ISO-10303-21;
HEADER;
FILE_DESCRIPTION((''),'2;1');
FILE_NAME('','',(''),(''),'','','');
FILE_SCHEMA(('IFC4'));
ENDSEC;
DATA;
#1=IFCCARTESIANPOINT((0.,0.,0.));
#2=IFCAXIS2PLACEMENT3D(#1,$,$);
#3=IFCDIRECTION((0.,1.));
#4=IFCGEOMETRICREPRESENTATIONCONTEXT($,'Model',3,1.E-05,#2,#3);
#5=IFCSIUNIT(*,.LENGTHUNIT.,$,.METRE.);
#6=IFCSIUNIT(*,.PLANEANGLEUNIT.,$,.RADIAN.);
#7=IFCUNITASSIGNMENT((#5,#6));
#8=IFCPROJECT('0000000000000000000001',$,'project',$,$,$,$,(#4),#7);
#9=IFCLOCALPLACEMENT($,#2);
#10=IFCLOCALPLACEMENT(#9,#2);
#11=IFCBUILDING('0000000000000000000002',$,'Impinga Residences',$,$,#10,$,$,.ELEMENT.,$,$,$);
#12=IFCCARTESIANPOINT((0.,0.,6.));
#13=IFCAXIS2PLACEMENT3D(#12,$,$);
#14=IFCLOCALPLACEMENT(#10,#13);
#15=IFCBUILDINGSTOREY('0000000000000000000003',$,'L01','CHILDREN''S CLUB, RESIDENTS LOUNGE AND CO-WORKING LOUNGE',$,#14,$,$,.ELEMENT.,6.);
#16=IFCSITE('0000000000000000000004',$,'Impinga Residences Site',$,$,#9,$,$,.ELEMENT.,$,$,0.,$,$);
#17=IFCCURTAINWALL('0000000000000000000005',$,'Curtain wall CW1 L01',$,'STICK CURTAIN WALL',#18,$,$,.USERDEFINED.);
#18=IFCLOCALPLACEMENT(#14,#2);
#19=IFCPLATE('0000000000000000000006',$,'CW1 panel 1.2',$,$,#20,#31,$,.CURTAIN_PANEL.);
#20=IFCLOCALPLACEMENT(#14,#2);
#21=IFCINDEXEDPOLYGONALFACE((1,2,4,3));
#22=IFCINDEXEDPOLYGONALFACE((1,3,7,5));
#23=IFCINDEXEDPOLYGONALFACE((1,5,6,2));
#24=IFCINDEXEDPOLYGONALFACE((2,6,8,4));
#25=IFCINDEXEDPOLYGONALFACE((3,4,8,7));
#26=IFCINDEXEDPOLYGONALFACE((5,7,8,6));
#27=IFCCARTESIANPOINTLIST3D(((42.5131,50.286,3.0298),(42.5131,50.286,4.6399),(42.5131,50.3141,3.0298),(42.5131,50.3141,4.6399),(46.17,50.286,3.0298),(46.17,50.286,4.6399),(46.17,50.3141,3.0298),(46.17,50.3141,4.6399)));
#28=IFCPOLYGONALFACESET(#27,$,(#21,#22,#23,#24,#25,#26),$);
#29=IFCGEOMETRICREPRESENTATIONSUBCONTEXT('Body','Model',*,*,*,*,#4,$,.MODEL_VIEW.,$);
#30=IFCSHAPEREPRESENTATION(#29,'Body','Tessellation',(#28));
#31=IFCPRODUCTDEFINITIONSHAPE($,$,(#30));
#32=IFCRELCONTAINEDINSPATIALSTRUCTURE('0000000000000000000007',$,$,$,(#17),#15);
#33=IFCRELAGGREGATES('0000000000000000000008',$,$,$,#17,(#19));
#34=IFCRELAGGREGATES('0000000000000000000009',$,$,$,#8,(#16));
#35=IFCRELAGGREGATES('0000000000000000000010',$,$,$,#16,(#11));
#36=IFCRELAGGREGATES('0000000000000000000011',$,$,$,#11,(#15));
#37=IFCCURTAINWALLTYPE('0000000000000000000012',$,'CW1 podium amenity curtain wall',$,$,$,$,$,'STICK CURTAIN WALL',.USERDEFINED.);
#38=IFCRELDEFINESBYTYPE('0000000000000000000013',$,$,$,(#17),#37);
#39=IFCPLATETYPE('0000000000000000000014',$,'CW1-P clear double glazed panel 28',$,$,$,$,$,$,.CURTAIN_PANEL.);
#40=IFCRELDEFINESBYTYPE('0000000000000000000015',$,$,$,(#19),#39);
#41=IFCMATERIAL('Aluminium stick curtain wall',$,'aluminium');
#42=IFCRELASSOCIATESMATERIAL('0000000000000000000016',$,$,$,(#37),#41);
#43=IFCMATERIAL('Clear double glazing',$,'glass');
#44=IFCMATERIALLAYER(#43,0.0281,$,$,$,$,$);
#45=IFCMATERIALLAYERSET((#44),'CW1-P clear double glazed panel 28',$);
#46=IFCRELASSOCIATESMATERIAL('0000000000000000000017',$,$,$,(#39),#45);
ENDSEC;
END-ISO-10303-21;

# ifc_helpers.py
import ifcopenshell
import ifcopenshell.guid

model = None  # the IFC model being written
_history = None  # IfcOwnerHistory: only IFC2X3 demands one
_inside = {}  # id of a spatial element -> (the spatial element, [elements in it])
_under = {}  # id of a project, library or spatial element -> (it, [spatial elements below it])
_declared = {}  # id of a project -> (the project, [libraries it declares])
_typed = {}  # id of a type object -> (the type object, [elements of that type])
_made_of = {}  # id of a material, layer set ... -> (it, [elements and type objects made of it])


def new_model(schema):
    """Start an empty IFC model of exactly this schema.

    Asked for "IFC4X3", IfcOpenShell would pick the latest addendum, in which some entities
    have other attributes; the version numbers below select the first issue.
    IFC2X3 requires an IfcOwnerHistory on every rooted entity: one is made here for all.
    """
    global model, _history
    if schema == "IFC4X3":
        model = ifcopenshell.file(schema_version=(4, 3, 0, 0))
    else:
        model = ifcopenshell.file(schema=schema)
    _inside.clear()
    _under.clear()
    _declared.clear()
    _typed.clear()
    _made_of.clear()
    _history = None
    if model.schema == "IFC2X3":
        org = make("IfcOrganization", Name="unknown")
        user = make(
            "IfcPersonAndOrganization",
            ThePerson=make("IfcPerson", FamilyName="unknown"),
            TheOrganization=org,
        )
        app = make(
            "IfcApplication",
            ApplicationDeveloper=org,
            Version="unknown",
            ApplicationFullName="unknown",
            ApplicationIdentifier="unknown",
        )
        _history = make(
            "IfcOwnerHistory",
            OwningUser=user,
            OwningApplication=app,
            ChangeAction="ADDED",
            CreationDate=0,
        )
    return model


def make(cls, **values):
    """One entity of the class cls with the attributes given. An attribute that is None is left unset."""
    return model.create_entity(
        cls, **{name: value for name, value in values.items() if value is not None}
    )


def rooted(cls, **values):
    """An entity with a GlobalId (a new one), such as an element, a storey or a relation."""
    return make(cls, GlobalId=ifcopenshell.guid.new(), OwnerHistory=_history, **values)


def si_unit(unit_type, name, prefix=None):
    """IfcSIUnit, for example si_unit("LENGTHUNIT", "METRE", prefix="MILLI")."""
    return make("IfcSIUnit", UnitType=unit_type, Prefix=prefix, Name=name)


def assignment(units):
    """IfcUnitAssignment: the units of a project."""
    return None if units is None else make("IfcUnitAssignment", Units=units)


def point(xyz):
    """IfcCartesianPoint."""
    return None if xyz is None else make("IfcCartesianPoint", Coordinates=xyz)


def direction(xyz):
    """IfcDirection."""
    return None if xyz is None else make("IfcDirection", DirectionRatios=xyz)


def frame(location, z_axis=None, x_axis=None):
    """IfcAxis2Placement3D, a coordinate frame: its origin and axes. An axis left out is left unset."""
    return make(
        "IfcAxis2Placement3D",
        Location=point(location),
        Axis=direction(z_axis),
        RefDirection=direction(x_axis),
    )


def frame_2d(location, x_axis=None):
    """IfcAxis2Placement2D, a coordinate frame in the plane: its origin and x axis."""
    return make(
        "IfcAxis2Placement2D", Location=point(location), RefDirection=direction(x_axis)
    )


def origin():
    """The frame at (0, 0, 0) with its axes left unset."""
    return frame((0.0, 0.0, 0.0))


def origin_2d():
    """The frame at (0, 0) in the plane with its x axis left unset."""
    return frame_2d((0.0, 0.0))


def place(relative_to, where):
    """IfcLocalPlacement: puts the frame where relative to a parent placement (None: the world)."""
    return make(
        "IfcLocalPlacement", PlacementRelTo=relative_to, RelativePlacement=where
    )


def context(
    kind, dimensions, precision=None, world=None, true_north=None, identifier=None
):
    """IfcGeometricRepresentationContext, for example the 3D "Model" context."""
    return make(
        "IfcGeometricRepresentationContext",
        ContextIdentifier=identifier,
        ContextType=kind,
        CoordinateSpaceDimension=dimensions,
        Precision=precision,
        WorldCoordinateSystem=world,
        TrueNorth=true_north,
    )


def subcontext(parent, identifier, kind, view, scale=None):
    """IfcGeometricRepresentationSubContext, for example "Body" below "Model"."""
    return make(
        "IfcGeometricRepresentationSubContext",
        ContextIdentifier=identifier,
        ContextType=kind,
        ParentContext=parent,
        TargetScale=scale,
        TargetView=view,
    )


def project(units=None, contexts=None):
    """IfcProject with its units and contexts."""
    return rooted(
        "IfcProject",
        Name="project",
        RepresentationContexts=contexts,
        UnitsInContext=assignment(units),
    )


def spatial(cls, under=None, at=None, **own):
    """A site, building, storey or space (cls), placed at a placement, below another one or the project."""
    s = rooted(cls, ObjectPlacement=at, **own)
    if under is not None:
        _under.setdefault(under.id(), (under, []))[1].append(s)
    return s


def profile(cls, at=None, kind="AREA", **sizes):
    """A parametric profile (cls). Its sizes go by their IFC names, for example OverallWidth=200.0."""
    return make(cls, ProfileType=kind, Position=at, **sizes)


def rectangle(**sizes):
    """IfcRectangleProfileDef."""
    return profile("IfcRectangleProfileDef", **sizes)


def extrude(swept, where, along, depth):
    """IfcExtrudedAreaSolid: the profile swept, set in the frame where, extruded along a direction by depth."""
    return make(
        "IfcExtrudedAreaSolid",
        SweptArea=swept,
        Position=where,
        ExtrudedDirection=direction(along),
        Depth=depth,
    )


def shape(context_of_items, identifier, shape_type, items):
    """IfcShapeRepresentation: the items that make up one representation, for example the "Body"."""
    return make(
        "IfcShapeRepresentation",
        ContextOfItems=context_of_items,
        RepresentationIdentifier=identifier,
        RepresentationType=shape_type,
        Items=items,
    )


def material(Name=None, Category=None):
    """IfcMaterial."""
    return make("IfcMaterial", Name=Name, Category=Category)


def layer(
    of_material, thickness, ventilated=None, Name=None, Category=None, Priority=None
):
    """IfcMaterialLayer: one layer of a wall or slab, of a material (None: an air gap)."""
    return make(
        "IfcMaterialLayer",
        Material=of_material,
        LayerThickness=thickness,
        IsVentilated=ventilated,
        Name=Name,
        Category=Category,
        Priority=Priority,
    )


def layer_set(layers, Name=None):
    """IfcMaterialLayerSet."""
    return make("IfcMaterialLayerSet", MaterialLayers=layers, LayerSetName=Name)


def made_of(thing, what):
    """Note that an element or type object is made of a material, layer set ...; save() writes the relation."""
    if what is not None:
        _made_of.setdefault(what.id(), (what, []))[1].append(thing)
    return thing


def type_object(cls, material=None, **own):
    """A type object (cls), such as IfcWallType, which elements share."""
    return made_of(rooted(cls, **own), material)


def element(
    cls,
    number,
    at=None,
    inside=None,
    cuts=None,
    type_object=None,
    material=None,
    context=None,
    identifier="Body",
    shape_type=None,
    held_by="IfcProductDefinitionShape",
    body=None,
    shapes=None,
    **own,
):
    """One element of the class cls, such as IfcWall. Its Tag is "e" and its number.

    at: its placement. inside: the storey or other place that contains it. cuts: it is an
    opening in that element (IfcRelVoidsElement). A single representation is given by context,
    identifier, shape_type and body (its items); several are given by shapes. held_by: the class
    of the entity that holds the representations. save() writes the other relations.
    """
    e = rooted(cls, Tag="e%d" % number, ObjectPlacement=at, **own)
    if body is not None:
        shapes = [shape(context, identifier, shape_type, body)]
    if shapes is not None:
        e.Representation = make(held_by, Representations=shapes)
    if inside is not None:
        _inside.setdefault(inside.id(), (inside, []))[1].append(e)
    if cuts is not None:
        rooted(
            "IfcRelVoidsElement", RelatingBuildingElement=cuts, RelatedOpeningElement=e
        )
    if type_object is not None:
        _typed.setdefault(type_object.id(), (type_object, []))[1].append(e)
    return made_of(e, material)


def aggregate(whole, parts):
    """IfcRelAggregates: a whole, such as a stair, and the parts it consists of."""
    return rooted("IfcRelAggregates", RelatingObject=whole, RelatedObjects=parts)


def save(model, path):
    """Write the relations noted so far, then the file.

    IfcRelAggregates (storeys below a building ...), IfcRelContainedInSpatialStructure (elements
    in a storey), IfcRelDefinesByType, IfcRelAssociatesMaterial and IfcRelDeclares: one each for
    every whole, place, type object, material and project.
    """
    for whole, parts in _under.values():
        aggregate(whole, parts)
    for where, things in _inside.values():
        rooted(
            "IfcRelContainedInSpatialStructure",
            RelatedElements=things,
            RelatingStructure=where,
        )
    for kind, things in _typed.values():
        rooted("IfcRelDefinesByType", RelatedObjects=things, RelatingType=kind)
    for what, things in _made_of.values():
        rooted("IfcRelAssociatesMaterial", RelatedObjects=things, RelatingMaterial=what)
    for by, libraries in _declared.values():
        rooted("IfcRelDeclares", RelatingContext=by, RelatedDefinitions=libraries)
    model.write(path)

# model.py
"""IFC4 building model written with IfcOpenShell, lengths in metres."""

from ifc_helpers import new_model, si_unit, direction, frame, origin, origin_2d, place, context, subcontext, project, spatial, rectangle, extrude, material, layer, layer_set, type_object, element, aggregate, save


model = new_model("IFC4")

# Units and contexts
model_context = context("Model", 3, precision=1e-05, world=origin(), true_north=direction((0.0, 1.0)))
body_context = subcontext(model_context, "Body", "Model", "MODEL_VIEW")
ifc_project = project(units=[si_unit("LENGTHUNIT", "METRE"), si_unit("PLANEANGLEUNIT", "RADIAN")], contexts=[model_context])

# Site, building, storey
site_placement = place(None, origin())
site = spatial("IfcSite", under=ifc_project, at=site_placement, Name="Impinga Residences Site", CompositionType="ELEMENT", RefElevation=0.0)
building_placement = place(site_placement, origin())
building = spatial("IfcBuilding", under=site, at=building_placement, Name="Impinga Residences", CompositionType="ELEMENT")
storey_placement = place(building_placement, frame((0.0, 0.0, 6.0)))
storey = spatial("IfcBuildingStorey", under=building, at=storey_placement, Name="L01", Description="CHILDREN'S CLUB, RESIDENTS LOUNGE AND CO-WORKING LOUNGE", CompositionType="ELEMENT", Elevation=6.0)

# Curtain wall
ifc_material_1 = material(Name="Aluminium stick curtain wall", Category="aluminium")
curtain_wall_type = type_object("IfcCurtainWallType", Name="CW1 podium amenity curtain wall", ElementType="STICK CURTAIN WALL", PredefinedType="USERDEFINED", material=ifc_material_1)
curtain_wall_1_placement = place(storey_placement, origin())
curtain_wall_1 = element("IfcCurtainWall", 1, at=curtain_wall_1_placement, inside=storey, type_object=curtain_wall_type, Name="Curtain wall CW1 L01", ObjectType="STICK CURTAIN WALL", PredefinedType="USERDEFINED")

# Plate
ifc_material_2 = material(Name="Clear double glazing", Category="glass")
ifc_layer = layer(ifc_material_2, 0.0281)
ifc_layer_set = layer_set([ifc_layer], Name="CW1-P clear double glazed panel 28")
plate_type = type_object("IfcPlateType", Name="CW1-P clear double glazed panel 28", PredefinedType="CURTAIN_PANEL", material=ifc_layer_set)
plate_1_placement = place(storey_placement, frame((44.3416, 50.3, 3.0298), z_axis=(0.0, 0.0, 1.0), x_axis=(1.0, 0.0, 0.0)))
plate_1 = element("IfcPlate", 2, at=plate_1_placement, type_object=plate_type, Name="CW1 panel 1.2", PredefinedType="CURTAIN_PANEL", context=body_context, shape_type="SweptSolid", body=[
    extrude(rectangle(XDim=3.657, YDim=0.0281, at=origin_2d()), origin(), (0.0, 0.0, 1.0), 1.6101),
])
aggregate(curtain_wall_1, [plate_1])

save(model, "model.ifc")
